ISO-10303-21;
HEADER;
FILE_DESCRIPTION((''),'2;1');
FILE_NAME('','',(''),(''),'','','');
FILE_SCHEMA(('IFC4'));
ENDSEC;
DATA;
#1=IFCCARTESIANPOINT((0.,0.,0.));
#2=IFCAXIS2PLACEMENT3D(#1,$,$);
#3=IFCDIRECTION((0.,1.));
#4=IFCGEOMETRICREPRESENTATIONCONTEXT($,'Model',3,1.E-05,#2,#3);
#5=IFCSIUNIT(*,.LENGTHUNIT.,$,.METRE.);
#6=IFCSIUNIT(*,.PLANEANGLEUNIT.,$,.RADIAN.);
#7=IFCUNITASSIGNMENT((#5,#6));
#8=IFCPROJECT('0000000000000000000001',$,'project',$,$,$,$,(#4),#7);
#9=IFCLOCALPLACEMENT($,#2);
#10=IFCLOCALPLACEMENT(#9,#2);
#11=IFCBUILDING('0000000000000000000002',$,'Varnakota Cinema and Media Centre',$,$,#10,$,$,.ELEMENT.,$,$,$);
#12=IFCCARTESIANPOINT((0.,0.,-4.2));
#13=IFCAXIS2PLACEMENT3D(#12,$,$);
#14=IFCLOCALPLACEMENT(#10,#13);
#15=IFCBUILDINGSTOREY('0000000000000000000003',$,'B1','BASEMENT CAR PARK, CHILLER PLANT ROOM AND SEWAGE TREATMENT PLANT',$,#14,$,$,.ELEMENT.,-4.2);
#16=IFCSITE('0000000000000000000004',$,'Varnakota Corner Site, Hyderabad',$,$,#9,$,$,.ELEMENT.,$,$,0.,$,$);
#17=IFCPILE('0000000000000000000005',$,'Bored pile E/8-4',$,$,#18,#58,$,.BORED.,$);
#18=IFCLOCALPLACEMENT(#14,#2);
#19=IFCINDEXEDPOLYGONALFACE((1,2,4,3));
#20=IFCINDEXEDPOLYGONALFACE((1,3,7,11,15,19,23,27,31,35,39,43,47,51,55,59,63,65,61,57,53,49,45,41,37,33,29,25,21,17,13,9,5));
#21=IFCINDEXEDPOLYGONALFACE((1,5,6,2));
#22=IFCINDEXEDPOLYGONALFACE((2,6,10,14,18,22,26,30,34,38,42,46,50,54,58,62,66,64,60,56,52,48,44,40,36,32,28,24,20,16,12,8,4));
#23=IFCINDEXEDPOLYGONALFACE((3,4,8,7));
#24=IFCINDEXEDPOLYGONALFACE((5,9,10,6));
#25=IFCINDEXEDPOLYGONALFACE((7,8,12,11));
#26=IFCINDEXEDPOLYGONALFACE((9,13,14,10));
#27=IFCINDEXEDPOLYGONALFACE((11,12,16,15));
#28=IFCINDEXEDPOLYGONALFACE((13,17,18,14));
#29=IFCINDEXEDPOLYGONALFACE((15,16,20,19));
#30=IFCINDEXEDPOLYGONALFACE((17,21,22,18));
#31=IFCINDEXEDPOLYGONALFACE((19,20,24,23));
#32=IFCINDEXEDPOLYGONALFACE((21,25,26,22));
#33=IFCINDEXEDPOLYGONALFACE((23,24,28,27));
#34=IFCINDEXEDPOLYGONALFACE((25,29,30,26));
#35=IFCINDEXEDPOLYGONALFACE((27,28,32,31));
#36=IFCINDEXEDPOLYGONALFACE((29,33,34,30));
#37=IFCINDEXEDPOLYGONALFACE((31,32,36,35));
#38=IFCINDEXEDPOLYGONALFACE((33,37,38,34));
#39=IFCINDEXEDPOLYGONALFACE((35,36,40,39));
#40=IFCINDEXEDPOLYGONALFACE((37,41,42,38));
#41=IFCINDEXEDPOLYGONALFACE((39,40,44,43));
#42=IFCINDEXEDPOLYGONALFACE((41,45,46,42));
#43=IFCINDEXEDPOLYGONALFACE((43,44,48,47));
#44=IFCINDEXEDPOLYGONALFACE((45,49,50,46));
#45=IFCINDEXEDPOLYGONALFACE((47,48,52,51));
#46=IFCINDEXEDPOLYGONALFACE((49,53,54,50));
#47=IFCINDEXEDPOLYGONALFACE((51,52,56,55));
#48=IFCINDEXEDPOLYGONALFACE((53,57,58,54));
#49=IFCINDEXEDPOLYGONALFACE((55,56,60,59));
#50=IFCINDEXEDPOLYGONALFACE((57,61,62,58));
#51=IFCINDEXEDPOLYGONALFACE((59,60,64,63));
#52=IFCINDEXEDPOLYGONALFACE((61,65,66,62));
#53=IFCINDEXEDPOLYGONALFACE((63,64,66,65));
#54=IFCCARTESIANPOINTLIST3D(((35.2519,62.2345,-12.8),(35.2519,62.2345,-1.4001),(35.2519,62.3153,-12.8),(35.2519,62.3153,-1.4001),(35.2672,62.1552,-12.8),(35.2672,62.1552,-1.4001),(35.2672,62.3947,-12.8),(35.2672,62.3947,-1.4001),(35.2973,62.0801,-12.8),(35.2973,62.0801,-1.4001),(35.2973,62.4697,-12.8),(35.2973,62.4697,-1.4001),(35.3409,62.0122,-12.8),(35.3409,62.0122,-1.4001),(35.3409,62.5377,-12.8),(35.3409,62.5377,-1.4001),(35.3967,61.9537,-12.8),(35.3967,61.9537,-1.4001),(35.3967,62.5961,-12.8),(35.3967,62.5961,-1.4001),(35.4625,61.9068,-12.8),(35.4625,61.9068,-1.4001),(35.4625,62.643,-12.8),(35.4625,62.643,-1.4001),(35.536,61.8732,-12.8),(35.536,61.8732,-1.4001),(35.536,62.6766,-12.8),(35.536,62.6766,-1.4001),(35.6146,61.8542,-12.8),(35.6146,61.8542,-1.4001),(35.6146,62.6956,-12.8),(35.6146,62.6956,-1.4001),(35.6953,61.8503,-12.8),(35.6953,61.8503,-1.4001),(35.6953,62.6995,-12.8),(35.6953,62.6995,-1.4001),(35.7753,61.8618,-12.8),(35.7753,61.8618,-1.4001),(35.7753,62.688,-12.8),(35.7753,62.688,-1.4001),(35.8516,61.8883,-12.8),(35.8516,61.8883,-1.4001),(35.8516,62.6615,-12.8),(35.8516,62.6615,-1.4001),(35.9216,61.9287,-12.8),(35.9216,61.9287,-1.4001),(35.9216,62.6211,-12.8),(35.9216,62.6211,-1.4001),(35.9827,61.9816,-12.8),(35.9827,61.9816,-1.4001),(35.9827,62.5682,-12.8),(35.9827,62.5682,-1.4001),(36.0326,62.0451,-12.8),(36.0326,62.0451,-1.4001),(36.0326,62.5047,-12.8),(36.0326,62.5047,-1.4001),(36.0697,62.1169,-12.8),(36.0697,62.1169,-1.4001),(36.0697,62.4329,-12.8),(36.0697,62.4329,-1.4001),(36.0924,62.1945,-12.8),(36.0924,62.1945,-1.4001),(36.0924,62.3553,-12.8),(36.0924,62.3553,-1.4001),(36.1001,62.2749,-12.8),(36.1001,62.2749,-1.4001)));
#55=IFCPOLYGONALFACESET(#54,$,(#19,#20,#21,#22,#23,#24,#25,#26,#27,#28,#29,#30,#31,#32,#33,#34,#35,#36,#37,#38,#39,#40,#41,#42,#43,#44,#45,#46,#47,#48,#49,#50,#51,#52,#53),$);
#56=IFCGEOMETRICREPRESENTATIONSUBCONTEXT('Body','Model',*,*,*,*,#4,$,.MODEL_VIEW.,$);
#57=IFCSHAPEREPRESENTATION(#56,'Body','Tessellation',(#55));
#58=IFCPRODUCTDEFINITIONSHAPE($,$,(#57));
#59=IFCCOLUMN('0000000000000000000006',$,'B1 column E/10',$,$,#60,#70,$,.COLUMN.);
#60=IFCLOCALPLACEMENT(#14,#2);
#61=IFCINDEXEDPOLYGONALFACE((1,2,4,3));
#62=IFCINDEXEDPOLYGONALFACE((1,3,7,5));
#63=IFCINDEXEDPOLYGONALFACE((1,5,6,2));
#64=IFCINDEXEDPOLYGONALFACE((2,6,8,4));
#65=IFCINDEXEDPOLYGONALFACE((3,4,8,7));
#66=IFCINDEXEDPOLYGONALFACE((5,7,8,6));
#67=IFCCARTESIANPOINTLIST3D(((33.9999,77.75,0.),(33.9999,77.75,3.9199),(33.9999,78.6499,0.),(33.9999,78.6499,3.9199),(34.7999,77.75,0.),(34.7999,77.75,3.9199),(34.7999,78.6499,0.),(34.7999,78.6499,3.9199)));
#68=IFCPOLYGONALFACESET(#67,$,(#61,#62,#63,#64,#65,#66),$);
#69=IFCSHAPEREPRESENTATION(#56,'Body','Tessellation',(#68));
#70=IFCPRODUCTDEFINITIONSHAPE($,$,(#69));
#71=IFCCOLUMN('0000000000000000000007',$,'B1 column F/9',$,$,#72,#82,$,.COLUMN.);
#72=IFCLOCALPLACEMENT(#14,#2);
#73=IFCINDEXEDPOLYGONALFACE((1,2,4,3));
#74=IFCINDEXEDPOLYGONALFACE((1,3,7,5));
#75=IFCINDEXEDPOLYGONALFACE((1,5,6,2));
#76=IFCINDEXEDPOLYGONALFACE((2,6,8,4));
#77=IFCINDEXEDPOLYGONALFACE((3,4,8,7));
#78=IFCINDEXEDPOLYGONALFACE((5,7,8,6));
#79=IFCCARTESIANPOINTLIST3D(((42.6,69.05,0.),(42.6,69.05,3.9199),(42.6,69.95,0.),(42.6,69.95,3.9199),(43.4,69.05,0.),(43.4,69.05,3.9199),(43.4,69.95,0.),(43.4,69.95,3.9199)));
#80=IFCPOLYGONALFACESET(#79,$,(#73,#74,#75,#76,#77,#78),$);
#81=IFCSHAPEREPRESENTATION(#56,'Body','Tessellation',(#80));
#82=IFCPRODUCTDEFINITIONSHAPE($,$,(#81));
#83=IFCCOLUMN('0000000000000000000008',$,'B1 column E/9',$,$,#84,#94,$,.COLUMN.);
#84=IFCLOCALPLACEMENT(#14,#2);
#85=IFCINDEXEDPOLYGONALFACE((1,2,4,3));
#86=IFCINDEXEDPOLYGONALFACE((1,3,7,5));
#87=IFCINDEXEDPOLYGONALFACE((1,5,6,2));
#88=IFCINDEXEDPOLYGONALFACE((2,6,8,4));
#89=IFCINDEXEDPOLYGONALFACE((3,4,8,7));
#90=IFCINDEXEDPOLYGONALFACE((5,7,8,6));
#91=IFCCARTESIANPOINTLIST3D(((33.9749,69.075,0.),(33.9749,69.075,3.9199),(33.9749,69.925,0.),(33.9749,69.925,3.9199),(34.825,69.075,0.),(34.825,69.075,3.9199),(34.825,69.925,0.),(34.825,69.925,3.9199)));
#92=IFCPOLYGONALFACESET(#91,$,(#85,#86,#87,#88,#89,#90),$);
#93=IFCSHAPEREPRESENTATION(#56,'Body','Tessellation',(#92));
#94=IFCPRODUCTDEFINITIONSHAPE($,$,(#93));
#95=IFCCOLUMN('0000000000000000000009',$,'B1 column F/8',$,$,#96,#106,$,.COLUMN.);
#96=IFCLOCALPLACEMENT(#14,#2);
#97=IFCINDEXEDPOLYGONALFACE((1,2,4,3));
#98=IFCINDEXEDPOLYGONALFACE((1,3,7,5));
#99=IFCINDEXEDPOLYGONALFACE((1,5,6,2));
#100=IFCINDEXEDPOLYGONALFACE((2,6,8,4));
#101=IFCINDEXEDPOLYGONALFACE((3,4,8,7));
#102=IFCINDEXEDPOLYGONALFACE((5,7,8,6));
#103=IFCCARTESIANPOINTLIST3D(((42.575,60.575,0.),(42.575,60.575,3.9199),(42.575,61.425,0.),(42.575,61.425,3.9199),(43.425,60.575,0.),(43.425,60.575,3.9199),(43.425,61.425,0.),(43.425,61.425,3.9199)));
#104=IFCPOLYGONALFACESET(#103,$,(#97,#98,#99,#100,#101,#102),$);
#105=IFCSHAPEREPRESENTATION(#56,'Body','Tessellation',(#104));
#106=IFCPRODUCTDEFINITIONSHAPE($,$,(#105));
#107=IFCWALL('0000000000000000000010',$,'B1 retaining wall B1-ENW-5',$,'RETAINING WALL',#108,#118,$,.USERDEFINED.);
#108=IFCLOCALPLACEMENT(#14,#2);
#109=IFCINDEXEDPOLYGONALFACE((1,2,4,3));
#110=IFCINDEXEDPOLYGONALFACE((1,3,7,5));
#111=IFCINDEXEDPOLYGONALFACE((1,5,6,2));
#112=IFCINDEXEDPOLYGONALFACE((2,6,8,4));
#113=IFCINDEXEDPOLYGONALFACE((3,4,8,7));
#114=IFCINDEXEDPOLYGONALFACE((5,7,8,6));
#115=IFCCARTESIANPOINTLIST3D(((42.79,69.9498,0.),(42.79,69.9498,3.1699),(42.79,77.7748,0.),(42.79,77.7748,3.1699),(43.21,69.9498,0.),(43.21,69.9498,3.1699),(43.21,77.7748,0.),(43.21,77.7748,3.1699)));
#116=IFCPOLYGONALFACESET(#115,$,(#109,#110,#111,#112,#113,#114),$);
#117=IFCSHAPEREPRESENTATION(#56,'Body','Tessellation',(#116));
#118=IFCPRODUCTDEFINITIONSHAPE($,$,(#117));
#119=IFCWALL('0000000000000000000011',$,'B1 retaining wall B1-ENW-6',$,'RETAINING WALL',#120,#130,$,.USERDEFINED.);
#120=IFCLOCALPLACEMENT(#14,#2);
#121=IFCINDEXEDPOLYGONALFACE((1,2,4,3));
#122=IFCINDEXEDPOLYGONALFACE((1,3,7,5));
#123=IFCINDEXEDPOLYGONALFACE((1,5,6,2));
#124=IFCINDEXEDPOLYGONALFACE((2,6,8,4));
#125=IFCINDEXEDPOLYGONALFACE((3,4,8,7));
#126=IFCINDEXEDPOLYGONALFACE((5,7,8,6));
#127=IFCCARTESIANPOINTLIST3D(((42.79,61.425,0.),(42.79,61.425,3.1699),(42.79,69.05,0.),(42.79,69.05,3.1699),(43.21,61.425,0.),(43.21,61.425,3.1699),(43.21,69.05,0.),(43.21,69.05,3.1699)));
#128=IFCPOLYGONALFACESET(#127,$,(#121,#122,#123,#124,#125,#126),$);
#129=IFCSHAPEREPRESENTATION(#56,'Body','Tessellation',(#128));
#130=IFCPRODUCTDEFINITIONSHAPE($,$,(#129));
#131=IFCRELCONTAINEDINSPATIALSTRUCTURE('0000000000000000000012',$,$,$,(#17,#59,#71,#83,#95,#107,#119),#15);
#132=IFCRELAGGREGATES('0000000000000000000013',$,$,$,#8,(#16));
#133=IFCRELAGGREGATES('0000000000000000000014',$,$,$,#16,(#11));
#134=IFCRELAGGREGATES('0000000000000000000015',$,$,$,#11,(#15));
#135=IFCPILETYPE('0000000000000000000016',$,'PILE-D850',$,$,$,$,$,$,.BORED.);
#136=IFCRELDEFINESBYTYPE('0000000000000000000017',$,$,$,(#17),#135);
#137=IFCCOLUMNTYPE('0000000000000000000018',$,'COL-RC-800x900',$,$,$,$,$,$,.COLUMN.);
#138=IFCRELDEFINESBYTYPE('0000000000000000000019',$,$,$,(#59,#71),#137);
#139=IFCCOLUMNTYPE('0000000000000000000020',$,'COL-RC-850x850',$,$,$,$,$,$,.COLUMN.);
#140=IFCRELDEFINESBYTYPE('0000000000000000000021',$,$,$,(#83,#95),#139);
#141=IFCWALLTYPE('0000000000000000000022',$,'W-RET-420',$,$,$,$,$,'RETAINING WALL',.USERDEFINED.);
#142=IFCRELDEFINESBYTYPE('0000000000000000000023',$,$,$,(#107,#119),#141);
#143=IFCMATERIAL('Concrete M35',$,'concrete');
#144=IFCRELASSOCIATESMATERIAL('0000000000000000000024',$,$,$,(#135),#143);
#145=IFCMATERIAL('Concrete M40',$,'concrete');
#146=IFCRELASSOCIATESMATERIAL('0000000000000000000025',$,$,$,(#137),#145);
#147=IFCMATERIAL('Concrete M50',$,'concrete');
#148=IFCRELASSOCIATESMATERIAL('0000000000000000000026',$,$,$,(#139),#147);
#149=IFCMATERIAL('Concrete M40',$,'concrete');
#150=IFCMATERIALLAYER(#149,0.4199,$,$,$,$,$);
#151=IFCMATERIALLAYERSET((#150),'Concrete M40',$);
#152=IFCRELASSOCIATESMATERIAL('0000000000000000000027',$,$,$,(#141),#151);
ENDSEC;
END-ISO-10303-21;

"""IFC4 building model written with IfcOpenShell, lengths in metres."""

from ifc_helpers import new_model, si_unit, direction, frame, frame_2d, origin, origin_2d, place, context, subcontext, project, spatial, rectangle, circle, extrude, material, layer, layer_set, material_profile, profile_set, type_object, element, save


model = new_model("IFC4")

# Units and contexts
model_context = context("Model", 3, precision=1e-05, world=origin(), true_north=direction((0.0, 1.0)))
body_context = subcontext(model_context, "Body", "Model", "MODEL_VIEW")
ifc_project = project(units=[si_unit("LENGTHUNIT", "METRE"), si_unit("PLANEANGLEUNIT", "RADIAN")], contexts=[model_context])

# Site, building, storey
site_placement = place(None, origin())
site = spatial("IfcSite", under=ifc_project, at=site_placement, Name="Varnakota Corner Site, Hyderabad", CompositionType="ELEMENT", RefElevation=0.0)
building_placement = place(site_placement, origin())
building = spatial("IfcBuilding", under=site, at=building_placement, Name="Varnakota Cinema and Media Centre", CompositionType="ELEMENT")
storey_placement = place(building_placement, frame((0.0, 0.0, -4.2)))
storey = spatial("IfcBuildingStorey", under=building, at=storey_placement, Name="B1", Description="BASEMENT CAR PARK, CHILLER PLANT ROOM AND SEWAGE TREATMENT PLANT", CompositionType="ELEMENT", Elevation=-4.2)

# Pile
ifc_material_1 = material(Name="Concrete M35", Category="concrete")
ifc_material_profile_1 = material_profile(ifc_material_1, circle(Radius=0.425, at=origin_2d()), Name="PILE D850")
ifc_profile_set_1 = profile_set([ifc_material_profile_1], Name="Concrete M35")
pile_type_1 = type_object("IfcPileType", Name="PILE-D850", PredefinedType="BORED", material=ifc_profile_set_1)
pile_1_placement = place(storey_placement, frame((35.675, 62.2749, -1.4001), z_axis=(0.0, 0.0, -1.0), x_axis=(1.0, 0.0, 0.0)))
element("IfcPile", 1, at=pile_1_placement, inside=storey, type_object=pile_type_1, Name="Bored pile E/8-4", PredefinedType="BORED", context=body_context, shape_type="SweptSolid", body=[
    extrude(circle(Radius=0.425, at=origin_2d()), origin(), (0.0, 0.0, 1.0), 11.3999),
])

# Columns
ifc_material_2 = material(Name="Concrete M40", Category="concrete")
ifc_material_profile_2 = material_profile(ifc_material_2, rectangle(XDim=0.8, YDim=0.8999, at=origin_2d()), Name="RC 800x900")
ifc_profile_set_2 = profile_set([ifc_material_profile_2], Name="Concrete M40")
column_type_1 = type_object("IfcColumnType", Name="COL-RC-800x900", PredefinedType="COLUMN", material=ifc_profile_set_2)
for number, where, z_axis, x_axis, name in (
    (2, (34.3999, 78.2, 0.0), (0.0, 0.0, 1.0), (1.0, 0.0, 0.0), "B1 column E/10"),
    (3, (43.0, 69.5, 0.0), (0.0, 0.0, 1.0), (1.0, 0.0, 0.0), "B1 column F/9"),
):
    element("IfcColumn", number, at=place(storey_placement, frame(where, z_axis=z_axis, x_axis=x_axis)), inside=storey, type_object=column_type_1, Name=name, PredefinedType="COLUMN", context=body_context, shape_type="SweptSolid", body=[
        extrude(rectangle(XDim=0.8, YDim=0.8999, at=origin_2d()), origin(), (0.0, 0.0, 1.0), 3.9199),
    ])
ifc_material_3 = material(Name="Concrete M50", Category="concrete")
ifc_material_profile_3 = material_profile(ifc_material_3, rectangle(XDim=0.8501, YDim=0.8501, at=origin_2d()), Name="RC 850x850")
ifc_profile_set_3 = profile_set([ifc_material_profile_3], Name="Concrete M50")
column_type_2 = type_object("IfcColumnType", Name="COL-RC-850x850", PredefinedType="COLUMN", material=ifc_profile_set_3)
for number, where, z_axis, x_axis, name in (
    (4, (34.3999, 69.5, 0.0), (0.0, 0.0, 1.0), (1.0, 0.0, 0.0), "B1 column E/9"),
    (5, (43.0, 61.0, 0.0), (0.0, 0.0, 1.0), (1.0, 0.0, 0.0), "B1 column F/8"),
):
    element("IfcColumn", number, at=place(storey_placement, frame(where, z_axis=z_axis, x_axis=x_axis)), inside=storey, type_object=column_type_2, Name=name, PredefinedType="COLUMN", context=body_context, shape_type="SweptSolid", body=[
        extrude(rectangle(XDim=0.8501, YDim=0.8501, at=origin_2d()), origin(), (0.0, 0.0, 1.0), 3.9199),
    ])

# Walls
ifc_material_4 = material(Name="Concrete M40", Category="concrete")
ifc_layer = layer(ifc_material_4, 0.4199)
ifc_layer_set = layer_set([ifc_layer], Name="Concrete M40")
wall_type = type_object("IfcWallType", Name="W-RET-420", ElementType="RETAINING WALL", PredefinedType="USERDEFINED", material=ifc_layer_set)
wall_1_placement = place(storey_placement, frame((43.0, 77.7749, 0.0), z_axis=(0.0, 0.0, 1.0), x_axis=(0.0, -1.0, 0.0)))
element("IfcWall", 6, at=wall_1_placement, inside=storey, type_object=wall_type, Name="B1 retaining wall B1-ENW-5", ObjectType="RETAINING WALL", PredefinedType="USERDEFINED", context=body_context, shape_type="SweptSolid", body=[
    extrude(rectangle(XDim=7.825, YDim=0.4199, at=frame_2d((3.9126, 0.0))), origin(), (0.0, 0.0, 1.0), 3.1699),
])
wall_2_placement = place(storey_placement, frame((43.0, 69.05, 0.0), z_axis=(0.0, 0.0, 1.0), x_axis=(0.0, -1.0, 0.0)))
element("IfcWall", 7, at=wall_2_placement, inside=storey, type_object=wall_type, Name="B1 retaining wall B1-ENW-6", ObjectType="RETAINING WALL", PredefinedType="USERDEFINED", context=body_context, shape_type="SweptSolid", body=[
    extrude(rectangle(XDim=7.625, YDim=0.4199, at=frame_2d((3.8125, 0.0))), origin(), (0.0, 0.0, 1.0), 3.1699),
])

save(model, "model.ifc")
